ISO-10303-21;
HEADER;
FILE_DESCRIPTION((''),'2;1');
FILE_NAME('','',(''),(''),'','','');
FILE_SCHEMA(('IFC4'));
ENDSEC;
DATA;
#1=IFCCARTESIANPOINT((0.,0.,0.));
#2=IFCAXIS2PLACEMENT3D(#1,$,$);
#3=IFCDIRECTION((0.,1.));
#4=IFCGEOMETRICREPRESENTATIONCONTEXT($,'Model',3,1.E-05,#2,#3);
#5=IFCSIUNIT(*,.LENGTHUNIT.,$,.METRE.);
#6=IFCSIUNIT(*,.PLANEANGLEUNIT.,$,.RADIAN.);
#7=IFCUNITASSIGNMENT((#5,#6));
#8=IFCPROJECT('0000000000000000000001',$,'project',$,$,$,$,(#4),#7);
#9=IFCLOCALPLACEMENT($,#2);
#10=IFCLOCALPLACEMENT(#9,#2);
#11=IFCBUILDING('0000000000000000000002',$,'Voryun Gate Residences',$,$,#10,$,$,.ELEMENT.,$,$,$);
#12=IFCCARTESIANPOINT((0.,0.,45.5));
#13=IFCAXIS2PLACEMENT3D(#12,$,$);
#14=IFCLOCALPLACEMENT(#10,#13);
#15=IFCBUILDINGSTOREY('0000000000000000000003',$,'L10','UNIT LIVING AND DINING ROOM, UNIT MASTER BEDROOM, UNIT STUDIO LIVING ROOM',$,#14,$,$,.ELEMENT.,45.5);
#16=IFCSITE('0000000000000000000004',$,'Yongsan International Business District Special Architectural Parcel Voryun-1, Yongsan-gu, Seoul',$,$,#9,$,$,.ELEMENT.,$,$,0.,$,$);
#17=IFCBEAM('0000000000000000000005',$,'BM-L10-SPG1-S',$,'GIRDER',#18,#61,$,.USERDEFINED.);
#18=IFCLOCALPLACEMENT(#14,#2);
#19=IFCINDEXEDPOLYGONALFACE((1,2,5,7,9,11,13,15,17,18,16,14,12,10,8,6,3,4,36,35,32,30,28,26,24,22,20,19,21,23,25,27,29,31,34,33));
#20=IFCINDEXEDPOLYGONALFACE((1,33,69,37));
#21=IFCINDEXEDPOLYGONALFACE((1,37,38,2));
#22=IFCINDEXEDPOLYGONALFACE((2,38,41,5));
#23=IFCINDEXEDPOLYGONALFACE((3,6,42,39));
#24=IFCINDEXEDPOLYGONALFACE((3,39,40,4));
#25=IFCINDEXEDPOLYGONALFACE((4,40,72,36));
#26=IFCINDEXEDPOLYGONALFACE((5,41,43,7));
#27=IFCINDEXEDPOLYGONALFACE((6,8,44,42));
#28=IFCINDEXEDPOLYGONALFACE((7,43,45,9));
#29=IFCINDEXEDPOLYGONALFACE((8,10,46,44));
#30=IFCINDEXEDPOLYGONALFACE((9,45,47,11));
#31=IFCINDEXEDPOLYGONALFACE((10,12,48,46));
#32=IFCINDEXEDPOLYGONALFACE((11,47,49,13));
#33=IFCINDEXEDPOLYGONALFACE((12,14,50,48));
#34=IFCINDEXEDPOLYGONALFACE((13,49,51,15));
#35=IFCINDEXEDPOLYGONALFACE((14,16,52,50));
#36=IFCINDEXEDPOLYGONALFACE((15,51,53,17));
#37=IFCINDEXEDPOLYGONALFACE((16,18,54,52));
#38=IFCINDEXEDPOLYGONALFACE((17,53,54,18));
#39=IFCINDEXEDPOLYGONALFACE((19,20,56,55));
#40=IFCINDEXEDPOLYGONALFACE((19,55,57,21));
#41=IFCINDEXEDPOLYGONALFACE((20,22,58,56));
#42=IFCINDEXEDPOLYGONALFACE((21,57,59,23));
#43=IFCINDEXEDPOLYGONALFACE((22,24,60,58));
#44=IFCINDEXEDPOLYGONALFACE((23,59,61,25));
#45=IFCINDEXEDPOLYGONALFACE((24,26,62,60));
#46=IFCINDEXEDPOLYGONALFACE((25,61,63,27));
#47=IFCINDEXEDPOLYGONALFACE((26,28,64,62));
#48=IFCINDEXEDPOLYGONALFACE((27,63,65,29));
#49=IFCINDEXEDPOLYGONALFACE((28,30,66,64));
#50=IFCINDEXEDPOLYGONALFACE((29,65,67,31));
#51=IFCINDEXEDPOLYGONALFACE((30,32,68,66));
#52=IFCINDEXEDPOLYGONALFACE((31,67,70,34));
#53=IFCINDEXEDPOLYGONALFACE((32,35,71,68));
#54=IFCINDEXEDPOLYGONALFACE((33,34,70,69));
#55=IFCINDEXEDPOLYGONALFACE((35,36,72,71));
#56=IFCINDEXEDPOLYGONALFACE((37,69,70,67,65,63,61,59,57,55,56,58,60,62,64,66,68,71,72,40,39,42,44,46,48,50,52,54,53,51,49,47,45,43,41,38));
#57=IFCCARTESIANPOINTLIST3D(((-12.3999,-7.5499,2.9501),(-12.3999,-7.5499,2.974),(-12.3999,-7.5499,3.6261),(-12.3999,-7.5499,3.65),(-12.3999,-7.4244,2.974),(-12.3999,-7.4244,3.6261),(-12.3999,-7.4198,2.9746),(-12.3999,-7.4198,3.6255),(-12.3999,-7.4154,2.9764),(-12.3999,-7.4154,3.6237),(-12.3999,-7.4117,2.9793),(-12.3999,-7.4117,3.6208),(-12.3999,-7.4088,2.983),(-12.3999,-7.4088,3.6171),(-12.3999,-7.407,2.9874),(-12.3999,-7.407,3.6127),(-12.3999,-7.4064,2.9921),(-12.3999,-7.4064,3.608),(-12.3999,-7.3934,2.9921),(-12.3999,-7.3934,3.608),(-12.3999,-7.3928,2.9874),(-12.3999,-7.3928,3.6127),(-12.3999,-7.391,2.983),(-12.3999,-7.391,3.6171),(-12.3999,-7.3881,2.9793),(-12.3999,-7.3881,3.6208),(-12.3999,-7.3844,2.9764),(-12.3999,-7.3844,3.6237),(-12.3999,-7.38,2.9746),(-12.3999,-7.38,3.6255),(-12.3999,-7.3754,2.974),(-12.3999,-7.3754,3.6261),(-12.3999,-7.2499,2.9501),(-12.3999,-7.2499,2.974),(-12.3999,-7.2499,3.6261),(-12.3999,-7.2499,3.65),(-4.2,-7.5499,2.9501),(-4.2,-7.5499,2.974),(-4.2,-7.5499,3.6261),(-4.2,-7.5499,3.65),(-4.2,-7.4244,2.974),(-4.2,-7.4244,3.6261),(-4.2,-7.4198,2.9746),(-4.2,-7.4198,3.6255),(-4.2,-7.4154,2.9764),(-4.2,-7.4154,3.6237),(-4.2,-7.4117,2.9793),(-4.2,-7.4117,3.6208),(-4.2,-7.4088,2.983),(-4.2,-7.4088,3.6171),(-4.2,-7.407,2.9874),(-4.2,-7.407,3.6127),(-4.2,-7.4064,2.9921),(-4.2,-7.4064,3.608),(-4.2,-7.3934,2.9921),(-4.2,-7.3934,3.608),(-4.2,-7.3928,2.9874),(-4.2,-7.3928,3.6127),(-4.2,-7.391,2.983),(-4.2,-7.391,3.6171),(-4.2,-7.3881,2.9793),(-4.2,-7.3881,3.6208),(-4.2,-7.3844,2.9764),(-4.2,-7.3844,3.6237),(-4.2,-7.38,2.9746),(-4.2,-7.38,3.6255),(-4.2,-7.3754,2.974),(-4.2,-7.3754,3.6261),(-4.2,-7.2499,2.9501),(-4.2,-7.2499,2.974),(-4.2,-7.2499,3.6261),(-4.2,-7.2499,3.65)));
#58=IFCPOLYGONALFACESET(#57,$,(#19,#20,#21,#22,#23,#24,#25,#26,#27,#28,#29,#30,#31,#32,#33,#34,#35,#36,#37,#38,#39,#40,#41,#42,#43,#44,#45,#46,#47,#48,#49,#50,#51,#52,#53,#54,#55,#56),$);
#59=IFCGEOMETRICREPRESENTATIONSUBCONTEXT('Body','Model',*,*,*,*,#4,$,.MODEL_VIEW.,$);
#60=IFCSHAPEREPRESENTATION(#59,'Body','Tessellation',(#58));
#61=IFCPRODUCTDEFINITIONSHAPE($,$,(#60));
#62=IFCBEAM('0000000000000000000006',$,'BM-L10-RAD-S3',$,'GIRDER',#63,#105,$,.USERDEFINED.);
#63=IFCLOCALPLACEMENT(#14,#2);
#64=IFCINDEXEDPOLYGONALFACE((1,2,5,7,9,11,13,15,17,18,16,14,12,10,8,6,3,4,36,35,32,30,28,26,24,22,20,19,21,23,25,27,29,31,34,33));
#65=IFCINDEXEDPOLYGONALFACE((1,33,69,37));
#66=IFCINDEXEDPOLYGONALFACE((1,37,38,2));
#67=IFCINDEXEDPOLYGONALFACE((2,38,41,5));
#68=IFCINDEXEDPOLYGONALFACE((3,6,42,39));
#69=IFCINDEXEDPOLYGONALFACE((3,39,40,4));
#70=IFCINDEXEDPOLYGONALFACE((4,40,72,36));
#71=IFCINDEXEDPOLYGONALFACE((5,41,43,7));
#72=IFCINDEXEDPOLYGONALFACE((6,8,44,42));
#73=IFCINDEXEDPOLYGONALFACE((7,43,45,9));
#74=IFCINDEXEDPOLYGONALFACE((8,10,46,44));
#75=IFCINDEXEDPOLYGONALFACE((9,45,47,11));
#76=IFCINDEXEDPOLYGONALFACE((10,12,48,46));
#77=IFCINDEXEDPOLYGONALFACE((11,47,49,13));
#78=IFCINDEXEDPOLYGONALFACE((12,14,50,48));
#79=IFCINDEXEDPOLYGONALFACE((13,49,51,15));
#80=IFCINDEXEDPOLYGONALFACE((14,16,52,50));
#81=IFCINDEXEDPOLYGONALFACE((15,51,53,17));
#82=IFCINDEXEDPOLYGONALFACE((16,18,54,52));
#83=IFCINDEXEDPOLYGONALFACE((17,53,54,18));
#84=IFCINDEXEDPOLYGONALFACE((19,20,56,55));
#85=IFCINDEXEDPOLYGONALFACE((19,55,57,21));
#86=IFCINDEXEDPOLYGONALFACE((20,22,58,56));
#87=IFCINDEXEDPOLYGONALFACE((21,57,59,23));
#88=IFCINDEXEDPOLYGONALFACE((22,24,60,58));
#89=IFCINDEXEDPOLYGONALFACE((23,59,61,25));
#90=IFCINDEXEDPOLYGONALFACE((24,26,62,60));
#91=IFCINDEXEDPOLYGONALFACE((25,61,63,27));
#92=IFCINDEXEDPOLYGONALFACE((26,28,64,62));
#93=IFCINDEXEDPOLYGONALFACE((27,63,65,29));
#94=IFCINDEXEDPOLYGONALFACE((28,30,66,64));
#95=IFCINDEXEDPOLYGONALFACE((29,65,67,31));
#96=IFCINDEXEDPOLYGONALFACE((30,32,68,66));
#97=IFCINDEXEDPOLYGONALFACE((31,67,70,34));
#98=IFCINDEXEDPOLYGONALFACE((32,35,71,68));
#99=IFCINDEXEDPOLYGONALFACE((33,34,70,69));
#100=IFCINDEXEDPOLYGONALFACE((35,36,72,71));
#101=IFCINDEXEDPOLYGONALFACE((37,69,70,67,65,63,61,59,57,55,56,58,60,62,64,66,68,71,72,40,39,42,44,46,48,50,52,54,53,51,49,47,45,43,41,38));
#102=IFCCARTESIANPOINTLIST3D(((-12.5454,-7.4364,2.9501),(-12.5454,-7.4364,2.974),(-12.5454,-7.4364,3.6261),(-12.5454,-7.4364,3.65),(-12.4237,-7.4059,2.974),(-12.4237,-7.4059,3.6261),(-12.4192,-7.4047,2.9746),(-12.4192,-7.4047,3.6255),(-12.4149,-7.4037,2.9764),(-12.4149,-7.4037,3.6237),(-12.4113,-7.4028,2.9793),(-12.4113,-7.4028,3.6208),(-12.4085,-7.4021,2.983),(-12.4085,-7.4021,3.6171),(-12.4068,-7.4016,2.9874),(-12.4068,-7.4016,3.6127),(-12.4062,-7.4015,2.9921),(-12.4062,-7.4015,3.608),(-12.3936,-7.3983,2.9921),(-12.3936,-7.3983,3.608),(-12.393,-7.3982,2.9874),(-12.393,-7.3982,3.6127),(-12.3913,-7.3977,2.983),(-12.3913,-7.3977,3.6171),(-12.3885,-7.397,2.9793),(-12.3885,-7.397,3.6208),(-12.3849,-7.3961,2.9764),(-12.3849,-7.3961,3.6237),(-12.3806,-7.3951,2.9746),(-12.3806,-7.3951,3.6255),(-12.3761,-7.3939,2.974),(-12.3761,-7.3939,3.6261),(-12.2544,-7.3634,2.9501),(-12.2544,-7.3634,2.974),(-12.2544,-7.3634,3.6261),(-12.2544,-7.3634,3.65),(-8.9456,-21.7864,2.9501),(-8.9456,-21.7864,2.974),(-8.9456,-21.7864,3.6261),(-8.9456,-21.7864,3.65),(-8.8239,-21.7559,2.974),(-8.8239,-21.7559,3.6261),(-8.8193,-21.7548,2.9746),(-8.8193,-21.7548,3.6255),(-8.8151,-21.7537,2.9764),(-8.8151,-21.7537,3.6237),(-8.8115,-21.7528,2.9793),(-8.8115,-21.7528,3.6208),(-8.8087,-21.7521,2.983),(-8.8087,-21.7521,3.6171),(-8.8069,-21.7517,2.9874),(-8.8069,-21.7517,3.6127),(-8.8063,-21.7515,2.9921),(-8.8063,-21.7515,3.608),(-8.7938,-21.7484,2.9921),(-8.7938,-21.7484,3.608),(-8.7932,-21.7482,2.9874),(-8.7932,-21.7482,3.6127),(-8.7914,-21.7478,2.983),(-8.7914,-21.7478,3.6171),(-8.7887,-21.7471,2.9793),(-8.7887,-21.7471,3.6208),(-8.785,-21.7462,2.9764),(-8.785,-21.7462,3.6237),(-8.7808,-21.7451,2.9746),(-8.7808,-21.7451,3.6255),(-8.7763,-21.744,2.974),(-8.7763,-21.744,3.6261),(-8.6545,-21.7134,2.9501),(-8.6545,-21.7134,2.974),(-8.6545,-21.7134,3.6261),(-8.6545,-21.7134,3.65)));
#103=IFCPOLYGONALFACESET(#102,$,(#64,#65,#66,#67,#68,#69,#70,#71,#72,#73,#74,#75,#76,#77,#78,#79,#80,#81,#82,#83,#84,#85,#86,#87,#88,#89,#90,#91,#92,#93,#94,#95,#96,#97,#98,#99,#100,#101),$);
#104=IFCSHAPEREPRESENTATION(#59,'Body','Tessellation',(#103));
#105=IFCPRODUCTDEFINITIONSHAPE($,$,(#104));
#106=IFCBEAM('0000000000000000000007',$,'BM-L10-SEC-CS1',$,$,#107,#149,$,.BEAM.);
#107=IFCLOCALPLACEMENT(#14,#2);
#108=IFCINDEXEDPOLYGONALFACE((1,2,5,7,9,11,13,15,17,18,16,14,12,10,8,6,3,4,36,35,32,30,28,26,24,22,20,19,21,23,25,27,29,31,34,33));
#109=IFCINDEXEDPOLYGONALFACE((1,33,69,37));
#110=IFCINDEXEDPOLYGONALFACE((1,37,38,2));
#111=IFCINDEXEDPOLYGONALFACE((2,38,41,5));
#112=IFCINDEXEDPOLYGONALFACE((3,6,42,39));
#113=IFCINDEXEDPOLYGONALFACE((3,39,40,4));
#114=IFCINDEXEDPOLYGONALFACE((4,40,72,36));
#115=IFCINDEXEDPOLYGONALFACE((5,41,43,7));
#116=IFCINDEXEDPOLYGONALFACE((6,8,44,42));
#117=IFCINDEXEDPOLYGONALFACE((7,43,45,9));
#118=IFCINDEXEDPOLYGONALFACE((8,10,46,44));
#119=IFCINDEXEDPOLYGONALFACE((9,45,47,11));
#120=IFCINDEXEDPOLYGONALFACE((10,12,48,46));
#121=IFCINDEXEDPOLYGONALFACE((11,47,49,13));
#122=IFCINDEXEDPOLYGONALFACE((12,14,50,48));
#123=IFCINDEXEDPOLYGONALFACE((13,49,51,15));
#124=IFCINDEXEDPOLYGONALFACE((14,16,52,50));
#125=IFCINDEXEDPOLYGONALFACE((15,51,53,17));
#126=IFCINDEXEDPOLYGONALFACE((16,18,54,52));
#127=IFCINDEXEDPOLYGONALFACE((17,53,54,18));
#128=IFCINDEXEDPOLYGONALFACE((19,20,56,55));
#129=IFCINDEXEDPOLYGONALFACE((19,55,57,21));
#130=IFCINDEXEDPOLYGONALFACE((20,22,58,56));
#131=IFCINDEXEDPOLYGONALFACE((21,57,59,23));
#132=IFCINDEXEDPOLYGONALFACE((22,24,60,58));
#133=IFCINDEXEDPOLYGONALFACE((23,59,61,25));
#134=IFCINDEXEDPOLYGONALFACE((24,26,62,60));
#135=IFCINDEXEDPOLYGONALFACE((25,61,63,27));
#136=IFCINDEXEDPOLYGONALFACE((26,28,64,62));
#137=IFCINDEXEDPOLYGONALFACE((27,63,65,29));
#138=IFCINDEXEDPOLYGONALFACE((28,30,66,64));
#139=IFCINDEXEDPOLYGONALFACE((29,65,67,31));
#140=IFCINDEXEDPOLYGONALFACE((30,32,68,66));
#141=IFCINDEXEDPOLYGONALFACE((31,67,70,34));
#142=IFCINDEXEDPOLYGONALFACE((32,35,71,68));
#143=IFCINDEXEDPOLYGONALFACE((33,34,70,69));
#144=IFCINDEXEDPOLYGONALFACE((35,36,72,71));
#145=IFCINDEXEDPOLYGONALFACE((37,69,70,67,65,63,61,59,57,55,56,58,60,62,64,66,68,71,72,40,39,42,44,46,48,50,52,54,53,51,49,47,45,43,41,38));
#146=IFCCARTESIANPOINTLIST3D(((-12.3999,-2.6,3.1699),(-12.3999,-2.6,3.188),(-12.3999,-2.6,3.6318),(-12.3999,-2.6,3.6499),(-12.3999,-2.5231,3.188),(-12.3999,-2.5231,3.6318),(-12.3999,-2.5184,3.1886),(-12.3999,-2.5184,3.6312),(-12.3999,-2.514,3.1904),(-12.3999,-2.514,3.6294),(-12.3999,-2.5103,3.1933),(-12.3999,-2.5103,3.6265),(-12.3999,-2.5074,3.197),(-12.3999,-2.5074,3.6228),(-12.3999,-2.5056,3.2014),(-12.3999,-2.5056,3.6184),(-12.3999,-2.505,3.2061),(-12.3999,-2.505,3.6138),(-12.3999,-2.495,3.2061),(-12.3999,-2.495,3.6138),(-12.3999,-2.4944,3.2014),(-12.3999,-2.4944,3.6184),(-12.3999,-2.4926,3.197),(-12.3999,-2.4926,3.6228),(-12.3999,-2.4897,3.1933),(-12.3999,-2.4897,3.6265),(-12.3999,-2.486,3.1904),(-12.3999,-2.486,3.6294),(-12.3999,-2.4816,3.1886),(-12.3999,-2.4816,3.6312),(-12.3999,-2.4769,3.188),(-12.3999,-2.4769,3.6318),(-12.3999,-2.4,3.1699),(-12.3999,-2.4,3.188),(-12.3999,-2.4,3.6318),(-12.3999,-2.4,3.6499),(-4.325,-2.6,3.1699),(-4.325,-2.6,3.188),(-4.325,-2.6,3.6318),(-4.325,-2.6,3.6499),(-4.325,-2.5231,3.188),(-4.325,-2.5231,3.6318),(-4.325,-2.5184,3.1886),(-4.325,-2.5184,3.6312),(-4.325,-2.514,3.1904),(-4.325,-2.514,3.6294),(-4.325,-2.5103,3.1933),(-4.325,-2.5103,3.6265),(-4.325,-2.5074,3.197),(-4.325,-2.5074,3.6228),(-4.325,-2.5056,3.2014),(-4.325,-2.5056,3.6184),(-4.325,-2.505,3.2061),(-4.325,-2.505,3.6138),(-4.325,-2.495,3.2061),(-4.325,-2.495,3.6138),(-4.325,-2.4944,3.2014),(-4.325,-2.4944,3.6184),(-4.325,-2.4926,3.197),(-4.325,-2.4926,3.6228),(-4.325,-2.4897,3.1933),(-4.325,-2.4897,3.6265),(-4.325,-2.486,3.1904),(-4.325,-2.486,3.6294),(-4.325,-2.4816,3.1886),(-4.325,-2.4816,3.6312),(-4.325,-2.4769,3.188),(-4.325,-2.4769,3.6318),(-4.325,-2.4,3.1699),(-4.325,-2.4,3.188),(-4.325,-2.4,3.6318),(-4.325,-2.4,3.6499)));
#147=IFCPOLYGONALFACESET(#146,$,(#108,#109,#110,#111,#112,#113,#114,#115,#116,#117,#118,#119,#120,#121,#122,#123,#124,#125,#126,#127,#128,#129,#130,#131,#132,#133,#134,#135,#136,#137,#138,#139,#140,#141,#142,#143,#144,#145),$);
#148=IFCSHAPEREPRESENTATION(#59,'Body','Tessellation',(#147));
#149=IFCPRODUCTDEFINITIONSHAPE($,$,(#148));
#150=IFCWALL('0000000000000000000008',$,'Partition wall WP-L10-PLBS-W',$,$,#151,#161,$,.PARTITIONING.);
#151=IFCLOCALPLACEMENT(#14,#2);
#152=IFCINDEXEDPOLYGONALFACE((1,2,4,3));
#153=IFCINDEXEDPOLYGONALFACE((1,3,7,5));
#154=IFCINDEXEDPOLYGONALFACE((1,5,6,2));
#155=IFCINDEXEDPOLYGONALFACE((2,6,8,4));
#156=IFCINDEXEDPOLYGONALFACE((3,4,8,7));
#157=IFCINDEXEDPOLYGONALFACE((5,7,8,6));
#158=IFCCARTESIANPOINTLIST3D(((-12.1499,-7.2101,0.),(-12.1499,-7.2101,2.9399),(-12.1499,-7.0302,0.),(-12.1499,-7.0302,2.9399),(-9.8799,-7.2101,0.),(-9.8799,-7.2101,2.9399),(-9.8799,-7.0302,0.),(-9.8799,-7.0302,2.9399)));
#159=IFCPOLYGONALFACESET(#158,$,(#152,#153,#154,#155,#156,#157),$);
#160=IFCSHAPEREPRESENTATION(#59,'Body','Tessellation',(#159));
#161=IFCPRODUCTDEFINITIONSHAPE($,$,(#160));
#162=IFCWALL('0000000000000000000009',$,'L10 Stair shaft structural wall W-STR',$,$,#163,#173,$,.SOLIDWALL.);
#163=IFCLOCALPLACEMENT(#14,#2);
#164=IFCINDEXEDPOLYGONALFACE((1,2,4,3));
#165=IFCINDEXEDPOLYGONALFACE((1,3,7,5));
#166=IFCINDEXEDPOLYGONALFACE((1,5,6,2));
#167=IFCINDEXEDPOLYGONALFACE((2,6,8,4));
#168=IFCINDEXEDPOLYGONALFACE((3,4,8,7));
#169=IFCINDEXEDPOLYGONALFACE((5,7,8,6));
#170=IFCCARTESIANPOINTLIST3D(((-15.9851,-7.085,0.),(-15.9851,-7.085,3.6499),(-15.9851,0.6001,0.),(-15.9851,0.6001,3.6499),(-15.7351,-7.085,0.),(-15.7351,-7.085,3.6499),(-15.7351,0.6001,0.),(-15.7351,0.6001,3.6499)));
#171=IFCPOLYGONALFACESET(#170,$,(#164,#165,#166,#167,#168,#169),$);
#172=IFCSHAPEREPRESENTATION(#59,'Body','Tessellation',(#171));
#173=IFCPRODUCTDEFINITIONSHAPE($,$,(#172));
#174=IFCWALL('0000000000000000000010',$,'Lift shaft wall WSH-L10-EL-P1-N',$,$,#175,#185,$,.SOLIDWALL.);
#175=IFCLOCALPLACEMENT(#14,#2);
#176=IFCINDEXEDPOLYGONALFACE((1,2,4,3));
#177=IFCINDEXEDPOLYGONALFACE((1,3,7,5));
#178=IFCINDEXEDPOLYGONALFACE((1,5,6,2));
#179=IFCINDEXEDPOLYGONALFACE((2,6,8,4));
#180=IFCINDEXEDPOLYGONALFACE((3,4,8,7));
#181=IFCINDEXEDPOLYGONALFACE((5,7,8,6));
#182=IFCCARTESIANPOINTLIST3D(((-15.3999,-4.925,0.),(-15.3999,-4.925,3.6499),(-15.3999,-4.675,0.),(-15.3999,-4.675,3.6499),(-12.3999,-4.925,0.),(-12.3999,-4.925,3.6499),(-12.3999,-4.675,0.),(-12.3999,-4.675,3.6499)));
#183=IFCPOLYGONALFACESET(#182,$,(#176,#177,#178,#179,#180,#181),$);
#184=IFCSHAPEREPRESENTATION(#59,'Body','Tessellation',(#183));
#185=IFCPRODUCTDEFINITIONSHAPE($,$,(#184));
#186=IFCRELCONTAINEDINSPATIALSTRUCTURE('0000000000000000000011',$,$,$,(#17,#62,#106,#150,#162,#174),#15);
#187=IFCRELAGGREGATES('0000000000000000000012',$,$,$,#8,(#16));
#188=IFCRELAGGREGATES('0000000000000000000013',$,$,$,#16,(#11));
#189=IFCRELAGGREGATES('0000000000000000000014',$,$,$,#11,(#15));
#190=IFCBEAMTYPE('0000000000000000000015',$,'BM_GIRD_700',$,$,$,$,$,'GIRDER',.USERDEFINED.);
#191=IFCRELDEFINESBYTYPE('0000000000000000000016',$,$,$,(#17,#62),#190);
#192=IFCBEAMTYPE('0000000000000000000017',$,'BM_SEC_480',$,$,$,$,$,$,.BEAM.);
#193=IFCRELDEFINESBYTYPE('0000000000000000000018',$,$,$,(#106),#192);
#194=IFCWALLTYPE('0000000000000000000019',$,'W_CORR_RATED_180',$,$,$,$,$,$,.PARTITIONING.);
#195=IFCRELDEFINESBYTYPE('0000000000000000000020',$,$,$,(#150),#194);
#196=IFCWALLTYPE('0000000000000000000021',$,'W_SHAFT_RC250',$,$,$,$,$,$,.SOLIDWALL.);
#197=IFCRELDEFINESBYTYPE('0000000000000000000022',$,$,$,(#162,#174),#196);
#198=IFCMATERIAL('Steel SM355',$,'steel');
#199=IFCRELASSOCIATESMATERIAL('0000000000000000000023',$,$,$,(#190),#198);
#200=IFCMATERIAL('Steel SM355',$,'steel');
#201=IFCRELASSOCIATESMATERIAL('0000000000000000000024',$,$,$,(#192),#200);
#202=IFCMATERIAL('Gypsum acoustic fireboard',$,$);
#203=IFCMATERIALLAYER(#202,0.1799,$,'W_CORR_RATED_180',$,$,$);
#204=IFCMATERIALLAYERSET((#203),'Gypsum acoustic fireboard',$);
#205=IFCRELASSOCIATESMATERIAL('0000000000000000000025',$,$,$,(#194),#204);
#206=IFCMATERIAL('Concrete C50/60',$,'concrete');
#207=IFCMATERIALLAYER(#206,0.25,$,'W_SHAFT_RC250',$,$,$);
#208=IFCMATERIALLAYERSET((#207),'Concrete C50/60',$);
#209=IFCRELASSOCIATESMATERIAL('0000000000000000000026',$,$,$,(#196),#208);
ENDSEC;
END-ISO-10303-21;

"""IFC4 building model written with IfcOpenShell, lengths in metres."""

from ifc_helpers import new_model, si_unit, direction, frame, frame_2d, origin, origin_2d, place, context, subcontext, project, spatial, rectangle, i_section, extrude, material, layer, layer_set, material_profile, profile_set, type_object, element, save


model = new_model("IFC4")

# Units and contexts
model_context = context("Model", 3, precision=1e-05, world=origin(), true_north=direction((0.0, 1.0)))
body_context = subcontext(model_context, "Body", "Model", "MODEL_VIEW")
ifc_project = project(units=[si_unit("LENGTHUNIT", "METRE"), si_unit("PLANEANGLEUNIT", "RADIAN")], contexts=[model_context])

# Site, building, storey
site_placement = place(None, origin())
site = spatial("IfcSite", under=ifc_project, at=site_placement, Name="Yongsan International Business District Special Architectural Parcel Voryun-1, Yongsan-gu, Seoul", CompositionType="ELEMENT", RefElevation=0.0)
building_placement = place(site_placement, origin())
building = spatial("IfcBuilding", under=site, at=building_placement, Name="Voryun Gate Residences", CompositionType="ELEMENT")
storey_placement = place(building_placement, frame((0.0, 0.0, 45.5)))
storey = spatial("IfcBuildingStorey", under=building, at=storey_placement, Name="L10", Description="UNIT LIVING AND DINING ROOM, UNIT MASTER BEDROOM, UNIT STUDIO LIVING ROOM", CompositionType="ELEMENT", Elevation=45.5)

# Beams
ifc_material_1 = material(Name="Steel SM355", Category="steel")
ifc_material_profile_1 = material_profile(ifc_material_1, i_section(OverallWidth=0.3, OverallDepth=0.7, WebThickness=0.0129, FlangeThickness=0.0239, FilletRadius=0.0181, at=origin_2d()), Name="H-700x300x13x24")
ifc_profile_set_1 = profile_set([ifc_material_profile_1], Name="Steel SM355")
beam_type_1 = type_object("IfcBeamType", Name="BM_GIRD_700", ElementType="GIRDER", PredefinedType="USERDEFINED", material=ifc_profile_set_1)
beam_1_placement = place(storey_placement, frame((-12.3999, -7.3999, 3.3), z_axis=(1.0, 0.0, 0.0), x_axis=(0.0, 1.0, 0.0)))
element("IfcBeam", 1, at=beam_1_placement, inside=storey, type_object=beam_type_1, Name="BM-L10-SPG1-S", ObjectType="GIRDER", PredefinedType="USERDEFINED", context=body_context, shape_type="SweptSolid", body=[
    extrude(i_section(OverallWidth=0.3, OverallDepth=0.7, WebThickness=0.0129, FlangeThickness=0.0239, FilletRadius=0.0181, at=origin_2d()), origin(), (0.0, 0.0, 1.0), 8.2),
])
beam_2_placement = place(storey_placement, frame((-12.3999, -7.3999, 3.3), z_axis=(0.24332, -0.969946, 0.0), x_axis=(0.969946, 0.24332, 0.0)))
element("IfcBeam", 2, at=beam_2_placement, inside=storey, type_object=beam_type_1, Name="BM-L10-RAD-S3", ObjectType="GIRDER", PredefinedType="USERDEFINED", context=body_context, shape_type="SweptSolid", body=[
    extrude(i_section(OverallWidth=0.3, OverallDepth=0.7, WebThickness=0.0129, FlangeThickness=0.0239, FilletRadius=0.0181, at=origin_2d()), origin(), (0.0, 0.0, 1.0), 14.7947),
])
ifc_material_2 = material(Name="Steel SM355", Category="steel")
ifc_material_profile_2 = material_profile(ifc_material_2, i_section(OverallWidth=0.2, OverallDepth=0.48, WebThickness=0.01, FlangeThickness=0.0181, FilletRadius=0.0181, at=origin_2d()), Name="H-480x200x10x18")
ifc_profile_set_2 = profile_set([ifc_material_profile_2], Name="Steel SM355")
beam_type_2 = type_object("IfcBeamType", Name="BM_SEC_480", PredefinedType="BEAM", material=ifc_profile_set_2)
beam_3_placement = place(storey_placement, frame((-12.3999, -2.5, 3.4099), z_axis=(1.0, 0.0, 0.0), x_axis=(0.0, 1.0, 0.0)))
element("IfcBeam", 3, at=beam_3_placement, inside=storey, type_object=beam_type_2, Name="BM-L10-SEC-CS1", PredefinedType="BEAM", context=body_context, shape_type="SweptSolid", body=[
    extrude(i_section(OverallWidth=0.2, OverallDepth=0.48, WebThickness=0.01, FlangeThickness=0.0181, FilletRadius=0.0181, at=origin_2d()), origin(), (0.0, 0.0, 1.0), 8.075),
])

# Walls
ifc_material_3 = material(Name="Gypsum acoustic fireboard")
ifc_layer_1 = layer(ifc_material_3, 0.1799, Name="W_CORR_RATED_180")
ifc_layer_set_1 = layer_set([ifc_layer_1], Name="Gypsum acoustic fireboard")
wall_type_1 = type_object("IfcWallType", Name="W_CORR_RATED_180", PredefinedType="PARTITIONING", material=ifc_layer_set_1)
wall_1_placement = place(storey_placement, frame((-12.1499, -7.1201, 0.0), z_axis=(0.0, 0.0, 1.0), x_axis=(1.0, 0.0, 0.0)))
element("IfcWall", 4, at=wall_1_placement, inside=storey, type_object=wall_type_1, Name="Partition wall WP-L10-PLBS-W", PredefinedType="PARTITIONING", context=body_context, shape_type="SweptSolid", body=[
    extrude(rectangle(XDim=2.27, YDim=0.1799, at=frame_2d((1.135, 0.0))), origin(), (0.0, 0.0, 1.0), 2.9399),
])
ifc_material_4 = material(Name="Concrete C50/60", Category="concrete")
ifc_layer_2 = layer(ifc_material_4, 0.25, Name="W_SHAFT_RC250")
ifc_layer_set_2 = layer_set([ifc_layer_2], Name="Concrete C50/60")
wall_type_2 = type_object("IfcWallType", Name="W_SHAFT_RC250", PredefinedType="SOLIDWALL", material=ifc_layer_set_2)
wall_2_placement = place(storey_placement, frame((-15.8601, -7.085, 0.0), z_axis=(0.0, 0.0, 1.0), x_axis=(0.0, 1.0, 0.0)))
element("IfcWall", 5, at=wall_2_placement, inside=storey, type_object=wall_type_2, Name="L10 Stair shaft structural wall W-STR", PredefinedType="SOLIDWALL", context=body_context, shape_type="SweptSolid", body=[
    extrude(rectangle(XDim=7.6851, YDim=0.25, at=frame_2d((3.8425, 0.0))), origin(), (0.0, 0.0, 1.0), 3.6499),
])
wall_3_placement = place(storey_placement, frame((-12.3999, -4.8, 0.0), z_axis=(0.0, 0.0, 1.0), x_axis=(-1.0, 0.0, 0.0)))
element("IfcWall", 6, at=wall_3_placement, inside=storey, type_object=wall_type_2, Name="Lift shaft wall WSH-L10-EL-P1-N", PredefinedType="SOLIDWALL", context=body_context, shape_type="SweptSolid", body=[
    extrude(rectangle(XDim=3.0, YDim=0.25, at=frame_2d((1.5, 0.0))), origin(), (0.0, 0.0, 1.0), 3.6499),
])

save(model, "model.ifc")
